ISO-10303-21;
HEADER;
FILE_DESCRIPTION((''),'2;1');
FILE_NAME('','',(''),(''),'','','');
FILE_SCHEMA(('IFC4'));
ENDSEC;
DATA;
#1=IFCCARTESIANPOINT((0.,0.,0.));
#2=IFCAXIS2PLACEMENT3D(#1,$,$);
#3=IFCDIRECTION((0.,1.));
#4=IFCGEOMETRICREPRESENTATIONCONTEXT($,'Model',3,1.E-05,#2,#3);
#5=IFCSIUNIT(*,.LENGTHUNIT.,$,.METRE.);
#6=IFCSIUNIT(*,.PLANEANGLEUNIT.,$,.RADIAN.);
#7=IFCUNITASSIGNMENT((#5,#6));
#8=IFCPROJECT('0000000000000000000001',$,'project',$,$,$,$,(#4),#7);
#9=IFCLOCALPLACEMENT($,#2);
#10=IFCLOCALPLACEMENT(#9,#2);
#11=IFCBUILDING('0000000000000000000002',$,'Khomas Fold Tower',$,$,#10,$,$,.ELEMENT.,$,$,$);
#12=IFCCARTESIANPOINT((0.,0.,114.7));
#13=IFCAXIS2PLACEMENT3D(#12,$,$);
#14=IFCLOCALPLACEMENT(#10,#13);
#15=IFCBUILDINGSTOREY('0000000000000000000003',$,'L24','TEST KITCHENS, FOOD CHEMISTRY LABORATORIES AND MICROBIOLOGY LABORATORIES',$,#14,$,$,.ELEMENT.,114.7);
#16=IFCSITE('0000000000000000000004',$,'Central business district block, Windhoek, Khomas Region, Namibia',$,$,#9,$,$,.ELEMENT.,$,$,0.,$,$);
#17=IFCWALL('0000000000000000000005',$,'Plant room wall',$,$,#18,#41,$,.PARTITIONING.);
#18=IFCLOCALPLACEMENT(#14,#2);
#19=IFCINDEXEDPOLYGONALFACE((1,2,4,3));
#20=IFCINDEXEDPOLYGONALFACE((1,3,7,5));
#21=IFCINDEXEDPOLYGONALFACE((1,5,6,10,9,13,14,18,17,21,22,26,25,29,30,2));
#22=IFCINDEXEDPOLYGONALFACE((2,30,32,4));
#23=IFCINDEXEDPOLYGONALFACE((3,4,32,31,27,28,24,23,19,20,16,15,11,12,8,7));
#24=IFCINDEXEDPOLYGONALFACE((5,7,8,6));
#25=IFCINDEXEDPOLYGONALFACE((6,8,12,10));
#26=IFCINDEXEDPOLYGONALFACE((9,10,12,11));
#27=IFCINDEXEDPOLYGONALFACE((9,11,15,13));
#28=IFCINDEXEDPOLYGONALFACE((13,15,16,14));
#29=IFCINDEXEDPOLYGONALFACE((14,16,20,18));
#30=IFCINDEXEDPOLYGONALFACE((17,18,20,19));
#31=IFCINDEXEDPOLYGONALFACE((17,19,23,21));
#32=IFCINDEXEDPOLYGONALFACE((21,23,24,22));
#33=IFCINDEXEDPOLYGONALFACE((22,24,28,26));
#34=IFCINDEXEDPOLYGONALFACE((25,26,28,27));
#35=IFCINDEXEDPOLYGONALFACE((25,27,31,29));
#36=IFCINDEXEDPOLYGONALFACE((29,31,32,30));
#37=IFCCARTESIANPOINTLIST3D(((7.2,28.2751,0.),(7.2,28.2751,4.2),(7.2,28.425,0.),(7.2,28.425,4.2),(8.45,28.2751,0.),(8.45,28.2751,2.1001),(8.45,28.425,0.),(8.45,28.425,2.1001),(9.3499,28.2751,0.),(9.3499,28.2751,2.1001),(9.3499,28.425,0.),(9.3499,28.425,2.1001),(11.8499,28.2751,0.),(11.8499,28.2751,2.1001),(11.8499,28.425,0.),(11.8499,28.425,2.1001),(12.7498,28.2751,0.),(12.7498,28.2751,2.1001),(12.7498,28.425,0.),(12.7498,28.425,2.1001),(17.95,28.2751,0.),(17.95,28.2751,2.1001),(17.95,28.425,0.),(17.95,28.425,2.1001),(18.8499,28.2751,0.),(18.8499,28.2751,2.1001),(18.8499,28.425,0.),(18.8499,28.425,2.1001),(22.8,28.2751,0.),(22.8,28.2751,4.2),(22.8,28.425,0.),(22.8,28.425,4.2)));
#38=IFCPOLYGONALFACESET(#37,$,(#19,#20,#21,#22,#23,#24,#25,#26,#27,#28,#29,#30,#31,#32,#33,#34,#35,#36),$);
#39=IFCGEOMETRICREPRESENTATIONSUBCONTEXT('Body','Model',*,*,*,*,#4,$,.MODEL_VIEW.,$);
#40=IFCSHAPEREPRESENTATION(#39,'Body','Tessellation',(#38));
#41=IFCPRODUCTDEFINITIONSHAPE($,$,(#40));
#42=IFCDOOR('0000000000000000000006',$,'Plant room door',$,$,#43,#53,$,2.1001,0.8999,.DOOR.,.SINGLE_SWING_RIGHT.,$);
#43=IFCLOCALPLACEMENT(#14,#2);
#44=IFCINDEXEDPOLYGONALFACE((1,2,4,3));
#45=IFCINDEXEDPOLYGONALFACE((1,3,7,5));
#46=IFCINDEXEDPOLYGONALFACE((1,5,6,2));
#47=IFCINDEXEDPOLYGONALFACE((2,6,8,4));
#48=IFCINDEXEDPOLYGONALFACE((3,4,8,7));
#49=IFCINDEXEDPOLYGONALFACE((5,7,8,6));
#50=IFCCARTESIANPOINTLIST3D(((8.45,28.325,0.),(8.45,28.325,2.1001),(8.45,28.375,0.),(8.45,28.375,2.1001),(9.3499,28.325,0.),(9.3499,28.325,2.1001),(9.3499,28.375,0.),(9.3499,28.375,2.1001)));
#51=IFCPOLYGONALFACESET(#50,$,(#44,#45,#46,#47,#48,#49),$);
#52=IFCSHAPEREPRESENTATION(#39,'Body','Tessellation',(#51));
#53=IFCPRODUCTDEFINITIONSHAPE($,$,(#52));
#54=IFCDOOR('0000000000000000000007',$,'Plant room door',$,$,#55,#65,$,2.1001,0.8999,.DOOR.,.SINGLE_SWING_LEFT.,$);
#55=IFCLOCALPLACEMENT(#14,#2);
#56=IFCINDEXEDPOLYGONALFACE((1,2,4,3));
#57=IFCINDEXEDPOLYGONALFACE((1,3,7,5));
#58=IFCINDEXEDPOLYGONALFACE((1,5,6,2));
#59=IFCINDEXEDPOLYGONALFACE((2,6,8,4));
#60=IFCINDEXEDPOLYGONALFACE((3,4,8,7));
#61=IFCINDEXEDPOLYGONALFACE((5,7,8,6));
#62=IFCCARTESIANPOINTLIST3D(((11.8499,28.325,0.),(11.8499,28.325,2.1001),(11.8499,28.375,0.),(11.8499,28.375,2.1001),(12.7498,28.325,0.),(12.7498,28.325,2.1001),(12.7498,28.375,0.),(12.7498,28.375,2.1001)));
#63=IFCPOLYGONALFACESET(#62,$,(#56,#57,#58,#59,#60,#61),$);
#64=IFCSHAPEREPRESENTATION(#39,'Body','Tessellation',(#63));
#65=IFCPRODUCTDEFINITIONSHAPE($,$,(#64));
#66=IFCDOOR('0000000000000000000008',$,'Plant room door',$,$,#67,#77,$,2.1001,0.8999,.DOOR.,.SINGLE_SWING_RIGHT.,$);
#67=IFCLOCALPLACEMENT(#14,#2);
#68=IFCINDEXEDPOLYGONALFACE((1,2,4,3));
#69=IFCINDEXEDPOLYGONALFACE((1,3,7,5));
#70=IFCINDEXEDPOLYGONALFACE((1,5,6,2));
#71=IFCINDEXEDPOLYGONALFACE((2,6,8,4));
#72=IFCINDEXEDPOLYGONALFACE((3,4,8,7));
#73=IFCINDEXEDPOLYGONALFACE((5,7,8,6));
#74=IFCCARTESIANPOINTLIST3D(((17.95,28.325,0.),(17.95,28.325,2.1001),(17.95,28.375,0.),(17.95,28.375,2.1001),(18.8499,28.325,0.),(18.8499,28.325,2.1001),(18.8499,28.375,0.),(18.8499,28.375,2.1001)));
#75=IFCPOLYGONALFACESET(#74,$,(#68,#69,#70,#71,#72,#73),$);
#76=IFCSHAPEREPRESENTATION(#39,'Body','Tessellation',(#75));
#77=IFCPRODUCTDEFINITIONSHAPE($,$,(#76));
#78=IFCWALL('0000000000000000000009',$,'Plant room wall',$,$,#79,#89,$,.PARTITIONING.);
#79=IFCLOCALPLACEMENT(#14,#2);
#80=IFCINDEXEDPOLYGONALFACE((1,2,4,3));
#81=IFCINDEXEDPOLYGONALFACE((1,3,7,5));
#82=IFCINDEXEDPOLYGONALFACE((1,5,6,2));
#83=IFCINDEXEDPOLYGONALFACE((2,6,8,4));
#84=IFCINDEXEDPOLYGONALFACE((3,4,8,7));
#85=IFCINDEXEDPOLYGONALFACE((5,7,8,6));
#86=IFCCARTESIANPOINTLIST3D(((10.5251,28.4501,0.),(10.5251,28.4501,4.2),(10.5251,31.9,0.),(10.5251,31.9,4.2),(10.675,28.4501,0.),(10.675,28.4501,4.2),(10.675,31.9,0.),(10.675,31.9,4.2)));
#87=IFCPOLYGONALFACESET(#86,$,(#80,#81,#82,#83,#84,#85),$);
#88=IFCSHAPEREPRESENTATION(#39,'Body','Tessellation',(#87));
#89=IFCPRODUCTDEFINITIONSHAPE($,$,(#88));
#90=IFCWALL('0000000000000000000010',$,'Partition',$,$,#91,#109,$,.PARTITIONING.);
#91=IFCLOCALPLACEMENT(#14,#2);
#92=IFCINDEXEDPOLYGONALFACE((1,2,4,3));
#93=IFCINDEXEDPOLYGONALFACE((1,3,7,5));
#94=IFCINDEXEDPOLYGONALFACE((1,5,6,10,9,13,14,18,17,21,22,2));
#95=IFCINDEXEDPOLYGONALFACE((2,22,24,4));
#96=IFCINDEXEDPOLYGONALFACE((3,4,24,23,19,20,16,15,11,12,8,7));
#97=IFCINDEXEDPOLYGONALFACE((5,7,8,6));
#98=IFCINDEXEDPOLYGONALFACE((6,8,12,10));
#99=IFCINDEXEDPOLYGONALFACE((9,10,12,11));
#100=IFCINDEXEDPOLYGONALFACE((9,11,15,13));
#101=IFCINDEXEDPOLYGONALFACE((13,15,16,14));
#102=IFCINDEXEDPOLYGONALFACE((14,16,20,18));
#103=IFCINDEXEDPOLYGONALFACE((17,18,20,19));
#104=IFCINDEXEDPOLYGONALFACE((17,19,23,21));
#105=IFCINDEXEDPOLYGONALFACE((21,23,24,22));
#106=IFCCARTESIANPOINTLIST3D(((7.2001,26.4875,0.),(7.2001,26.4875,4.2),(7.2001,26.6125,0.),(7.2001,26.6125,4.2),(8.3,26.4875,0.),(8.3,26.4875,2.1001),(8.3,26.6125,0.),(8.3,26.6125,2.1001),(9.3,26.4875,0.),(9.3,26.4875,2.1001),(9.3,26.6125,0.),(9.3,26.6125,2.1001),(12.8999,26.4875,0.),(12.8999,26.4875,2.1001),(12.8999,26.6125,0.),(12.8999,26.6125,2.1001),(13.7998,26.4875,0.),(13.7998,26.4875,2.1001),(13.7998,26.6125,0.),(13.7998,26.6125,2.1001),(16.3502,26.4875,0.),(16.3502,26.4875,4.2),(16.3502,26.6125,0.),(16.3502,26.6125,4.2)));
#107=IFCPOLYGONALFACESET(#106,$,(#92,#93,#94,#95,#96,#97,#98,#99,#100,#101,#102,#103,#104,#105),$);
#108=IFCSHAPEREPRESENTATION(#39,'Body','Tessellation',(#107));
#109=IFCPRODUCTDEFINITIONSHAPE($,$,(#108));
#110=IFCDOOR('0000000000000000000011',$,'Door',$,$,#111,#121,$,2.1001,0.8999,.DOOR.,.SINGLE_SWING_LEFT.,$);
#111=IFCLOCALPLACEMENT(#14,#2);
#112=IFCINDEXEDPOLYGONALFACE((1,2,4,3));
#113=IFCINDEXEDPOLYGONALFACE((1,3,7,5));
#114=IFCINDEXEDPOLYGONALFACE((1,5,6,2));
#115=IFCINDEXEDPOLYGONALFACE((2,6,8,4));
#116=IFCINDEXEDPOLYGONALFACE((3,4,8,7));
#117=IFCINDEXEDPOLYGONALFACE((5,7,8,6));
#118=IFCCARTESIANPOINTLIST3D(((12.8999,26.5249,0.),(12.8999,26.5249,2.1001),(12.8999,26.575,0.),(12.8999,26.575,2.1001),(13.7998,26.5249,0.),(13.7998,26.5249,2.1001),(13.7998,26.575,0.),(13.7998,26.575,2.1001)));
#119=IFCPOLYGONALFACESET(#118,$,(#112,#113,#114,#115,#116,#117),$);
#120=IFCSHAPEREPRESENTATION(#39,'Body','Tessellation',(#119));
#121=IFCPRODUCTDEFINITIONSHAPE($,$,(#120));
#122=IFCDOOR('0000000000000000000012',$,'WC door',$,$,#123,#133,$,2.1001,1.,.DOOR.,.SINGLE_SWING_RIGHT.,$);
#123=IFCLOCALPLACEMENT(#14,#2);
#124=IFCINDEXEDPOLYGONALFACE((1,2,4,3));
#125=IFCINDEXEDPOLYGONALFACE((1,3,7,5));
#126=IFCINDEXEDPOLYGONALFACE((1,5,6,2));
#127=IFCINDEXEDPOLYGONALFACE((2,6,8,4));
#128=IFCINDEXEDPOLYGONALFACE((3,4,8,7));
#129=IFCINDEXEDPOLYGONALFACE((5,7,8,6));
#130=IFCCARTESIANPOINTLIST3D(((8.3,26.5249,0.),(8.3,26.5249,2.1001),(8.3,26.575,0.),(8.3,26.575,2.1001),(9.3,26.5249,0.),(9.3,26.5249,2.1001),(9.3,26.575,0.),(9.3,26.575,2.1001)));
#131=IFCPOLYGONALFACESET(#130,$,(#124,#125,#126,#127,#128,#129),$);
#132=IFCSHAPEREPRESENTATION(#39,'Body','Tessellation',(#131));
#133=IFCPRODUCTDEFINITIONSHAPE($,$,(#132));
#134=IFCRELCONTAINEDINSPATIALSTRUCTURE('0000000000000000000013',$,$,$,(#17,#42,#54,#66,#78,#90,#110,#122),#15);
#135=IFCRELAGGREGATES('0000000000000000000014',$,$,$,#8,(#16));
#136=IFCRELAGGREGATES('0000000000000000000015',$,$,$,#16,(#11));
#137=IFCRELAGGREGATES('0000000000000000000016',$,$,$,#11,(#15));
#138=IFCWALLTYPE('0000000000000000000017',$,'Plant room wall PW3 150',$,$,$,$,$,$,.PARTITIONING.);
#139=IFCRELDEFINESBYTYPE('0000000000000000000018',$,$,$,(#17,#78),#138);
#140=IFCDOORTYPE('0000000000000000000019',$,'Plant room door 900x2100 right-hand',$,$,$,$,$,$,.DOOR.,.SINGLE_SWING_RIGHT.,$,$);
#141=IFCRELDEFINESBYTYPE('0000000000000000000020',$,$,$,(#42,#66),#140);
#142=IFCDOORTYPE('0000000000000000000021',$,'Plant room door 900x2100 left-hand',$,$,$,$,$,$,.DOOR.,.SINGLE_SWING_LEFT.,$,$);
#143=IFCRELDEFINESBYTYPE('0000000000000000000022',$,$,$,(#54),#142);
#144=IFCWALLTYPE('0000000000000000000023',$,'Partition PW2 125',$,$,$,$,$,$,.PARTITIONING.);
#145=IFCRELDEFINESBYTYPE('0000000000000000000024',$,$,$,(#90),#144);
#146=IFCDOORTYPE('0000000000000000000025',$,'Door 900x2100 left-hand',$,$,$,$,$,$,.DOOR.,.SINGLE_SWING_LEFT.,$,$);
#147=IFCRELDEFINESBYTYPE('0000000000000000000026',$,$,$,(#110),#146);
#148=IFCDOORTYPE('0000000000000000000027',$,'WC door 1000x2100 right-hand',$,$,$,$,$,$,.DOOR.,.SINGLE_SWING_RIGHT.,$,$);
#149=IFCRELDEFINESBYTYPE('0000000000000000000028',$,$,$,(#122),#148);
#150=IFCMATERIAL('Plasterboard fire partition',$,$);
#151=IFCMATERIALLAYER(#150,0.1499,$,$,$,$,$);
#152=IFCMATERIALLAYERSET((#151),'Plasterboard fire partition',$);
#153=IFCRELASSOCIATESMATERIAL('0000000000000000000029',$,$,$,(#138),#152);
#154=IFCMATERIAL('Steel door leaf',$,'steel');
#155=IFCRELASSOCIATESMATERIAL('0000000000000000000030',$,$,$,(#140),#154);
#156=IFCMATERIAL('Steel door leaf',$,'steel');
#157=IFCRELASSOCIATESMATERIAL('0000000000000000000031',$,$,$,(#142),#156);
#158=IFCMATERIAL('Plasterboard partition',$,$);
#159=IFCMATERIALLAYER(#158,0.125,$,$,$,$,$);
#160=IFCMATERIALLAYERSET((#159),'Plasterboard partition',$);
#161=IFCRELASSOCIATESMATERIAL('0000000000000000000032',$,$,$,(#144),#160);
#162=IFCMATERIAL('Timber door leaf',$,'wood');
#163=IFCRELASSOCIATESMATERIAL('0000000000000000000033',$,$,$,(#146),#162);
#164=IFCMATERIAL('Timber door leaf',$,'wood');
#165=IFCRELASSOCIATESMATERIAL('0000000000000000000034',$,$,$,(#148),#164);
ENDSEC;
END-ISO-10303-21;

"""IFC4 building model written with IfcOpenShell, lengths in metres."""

from ifc_helpers import new_model, si_unit, direction, frame, frame_2d, origin, place, context, subcontext, project, spatial, rectangle, extrude, source, transform, mapped, material, layer, layer_set, type_object, element, fill, save


model = new_model("IFC4")

# Units and contexts
model_context = context("Model", 3, precision=1e-05, world=origin(), true_north=direction((0.0, 1.0)))
body_context = subcontext(model_context, "Body", "Model", "MODEL_VIEW")
ifc_project = project(units=[si_unit("LENGTHUNIT", "METRE"), si_unit("PLANEANGLEUNIT", "RADIAN")], contexts=[model_context])

# Site, building, storey
site_placement = place(None, origin())
site = spatial("IfcSite", under=ifc_project, at=site_placement, Name="Central business district block, Windhoek, Khomas Region, Namibia", CompositionType="ELEMENT", RefElevation=0.0)
building_placement = place(site_placement, origin())
building = spatial("IfcBuilding", under=site, at=building_placement, Name="Khomas Fold Tower", CompositionType="ELEMENT")
storey_placement = place(building_placement, frame((0.0, 0.0, 114.7)))
storey = spatial("IfcBuildingStorey", under=building, at=storey_placement, Name="L24", Description="TEST KITCHENS, FOOD CHEMISTRY LABORATORIES AND MICROBIOLOGY LABORATORIES", CompositionType="ELEMENT", Elevation=114.7)

# Wall, openings, doors
ifc_material_1 = material(Name="Plasterboard fire partition")
ifc_layer_1 = layer(ifc_material_1, 0.1499)
ifc_layer_set_1 = layer_set([ifc_layer_1], Name="Plasterboard fire partition")
wall_type_1 = type_object("IfcWallType", Name="Plant room wall PW3 150", PredefinedType="PARTITIONING", material=ifc_layer_set_1)
shared_shape_1 = source(origin(), body_context, "Body", "SweptSolid", [
    extrude(rectangle(XDim=15.6001, YDim=0.1499, at=frame_2d((7.8, 0.0))), origin(), (0.0, 0.0, 1.0), 4.2),
])
wall_1_placement = place(storey_placement, frame((7.2, 28.3501, 0.0), z_axis=(0.0, 0.0, 1.0), x_axis=(1.0, 0.0, 0.0)))
wall_1 = element("IfcWall", 1, at=wall_1_placement, inside=storey, type_object=wall_type_1, Name="Plant room wall", PredefinedType="PARTITIONING", context=body_context, shape_type="MappedRepresentation", body=[
    mapped(shared_shape_1, transform((0.0, 0.0, 0.0))),
])
shared_shape_2 = source(origin(), body_context, "Body", "SweptSolid", [
    extrude(rectangle(XDim=0.8999, YDim=2.1001, at=frame_2d((0.45, 1.05))), frame((0.0, 0.085, 0.0), z_axis=(0.0, -1.0, 0.0), x_axis=(1.0, 0.0, 0.0)), (0.0, 0.0, 1.0), 0.1699),
])
opening_1_placement = place(wall_1_placement, frame((1.25, 0.0, 0.0)))
opening_1 = element("IfcOpeningElement", 2, at=opening_1_placement, cuts=wall_1, PredefinedType="OPENING", context=body_context, shape_type="MappedRepresentation", body=[
    mapped(shared_shape_2, transform((0.0, 0.0, 0.0))),
])
opening_2_placement = place(wall_1_placement, frame((4.6499, 0.0, 0.0)))
opening_2 = element("IfcOpeningElement", 3, at=opening_2_placement, cuts=wall_1, PredefinedType="OPENING", context=body_context, shape_type="MappedRepresentation", body=[
    mapped(shared_shape_2, transform((0.0, 0.0, 0.0))),
])
opening_3_placement = place(wall_1_placement, frame((10.75, 0.0, 0.0)))
opening_3 = element("IfcOpeningElement", 4, at=opening_3_placement, cuts=wall_1, PredefinedType="OPENING", context=body_context, shape_type="MappedRepresentation", body=[
    mapped(shared_shape_2, transform((0.0, 0.0, 0.0))),
])
ifc_material_2 = material(Name="Steel door leaf", Category="steel")
door_type_1 = type_object("IfcDoorType", Name="Plant room door 900x2100 right-hand", OperationType="SINGLE_SWING_RIGHT", PredefinedType="DOOR", material=ifc_material_2)
shared_shape_3 = source(origin(), body_context, "Body", "SweptSolid", [
    extrude(rectangle(XDim=0.8999, YDim=2.1001, at=frame_2d((0.45, 1.05))), frame((0.0, 0.0249, 0.0), z_axis=(0.0, -1.0, 0.0), x_axis=(1.0, 0.0, 0.0)), (0.0, 0.0, 1.0), 0.05),
])
door_1_placement = place(opening_1_placement, origin())
door_1 = element("IfcDoor", 5, at=door_1_placement, inside=storey, type_object=door_type_1, Name="Plant room door", OperationType="SINGLE_SWING_RIGHT", OverallHeight=2.1001, OverallWidth=0.8999, PredefinedType="DOOR", context=body_context, shape_type="MappedRepresentation", body=[
    mapped(shared_shape_3, transform((0.0, 0.0, 0.0))),
])
fill(opening_1, door_1)
ifc_material_3 = material(Name="Steel door leaf", Category="steel")
door_type_2 = type_object("IfcDoorType", Name="Plant room door 900x2100 left-hand", OperationType="SINGLE_SWING_LEFT", PredefinedType="DOOR", material=ifc_material_3)
door_2_placement = place(opening_2_placement, origin())
door_2 = element("IfcDoor", 6, at=door_2_placement, inside=storey, type_object=door_type_2, Name="Plant room door", OperationType="SINGLE_SWING_LEFT", OverallHeight=2.1001, OverallWidth=0.8999, PredefinedType="DOOR", context=body_context, shape_type="MappedRepresentation", body=[
    mapped(shared_shape_3, transform((0.0, 0.0, 0.0))),
])
fill(opening_2, door_2)
door_3_placement = place(opening_3_placement, origin())
door_3 = element("IfcDoor", 7, at=door_3_placement, inside=storey, type_object=door_type_1, Name="Plant room door", OperationType="SINGLE_SWING_RIGHT", OverallHeight=2.1001, OverallWidth=0.8999, PredefinedType="DOOR", context=body_context, shape_type="MappedRepresentation", body=[
    mapped(shared_shape_3, transform((0.0, 0.0, 0.0))),
])
fill(opening_3, door_3)

# Wall
shared_shape_4 = source(origin(), body_context, "Body", "SweptSolid", [
    extrude(rectangle(XDim=3.45, YDim=0.1499, at=frame_2d((1.7251, 0.0))), origin(), (0.0, 0.0, 1.0), 4.2),
])
wall_2_placement = place(storey_placement, frame((10.6001, 28.45, 0.0), z_axis=(0.0, 0.0, 1.0), x_axis=(0.0, 1.0, 0.0)))
element("IfcWall", 8, at=wall_2_placement, inside=storey, type_object=wall_type_1, Name="Plant room wall", PredefinedType="PARTITIONING", context=body_context, shape_type="MappedRepresentation", body=[
    mapped(shared_shape_4, transform((0.0, 0.0, 0.0))),
])

# Wall, openings, doors
ifc_material_4 = material(Name="Plasterboard partition")
ifc_layer_2 = layer(ifc_material_4, 0.125)
ifc_layer_set_2 = layer_set([ifc_layer_2], Name="Plasterboard partition")
wall_type_2 = type_object("IfcWallType", Name="Partition PW2 125", PredefinedType="PARTITIONING", material=ifc_layer_set_2)
shared_shape_5 = source(origin(), body_context, "Body", "SweptSolid", [
    extrude(rectangle(XDim=9.1501, YDim=0.125, at=frame_2d((4.5752, 0.0))), origin(), (0.0, 0.0, 1.0), 4.2),
])
wall_3_placement = place(storey_placement, frame((7.2, 26.55, 0.0), z_axis=(0.0, 0.0, 1.0), x_axis=(1.0, 0.0, 0.0)))
wall_3 = element("IfcWall", 9, at=wall_3_placement, inside=storey, type_object=wall_type_2, Name="Partition", PredefinedType="PARTITIONING", context=body_context, shape_type="MappedRepresentation", body=[
    mapped(shared_shape_5, transform((0.0, 0.0, 0.0))),
])
shared_shape_6 = source(origin(), body_context, "Body", "SweptSolid", [
    extrude(rectangle(XDim=1.0, YDim=2.1001, at=frame_2d((0.5, 1.05))), frame((0.0, 0.0725, 0.0), z_axis=(0.0, -1.0, 0.0), x_axis=(1.0, 0.0, 0.0)), (0.0, 0.0, 1.0), 0.145),
])
opening_4_placement = place(wall_3_placement, frame((1.1001, 0.0, 0.0)))
opening_4 = element("IfcOpeningElement", 10, at=opening_4_placement, cuts=wall_3, PredefinedType="OPENING", context=body_context, shape_type="MappedRepresentation", body=[
    mapped(shared_shape_6, transform((0.0, 0.0, 0.0))),
])
shared_shape_7 = source(origin(), body_context, "Body", "SweptSolid", [
    extrude(rectangle(XDim=0.8999, YDim=2.1001, at=frame_2d((0.45, 1.05))), frame((0.0, 0.0725, 0.0), z_axis=(0.0, -1.0, 0.0), x_axis=(1.0, 0.0, 0.0)), (0.0, 0.0, 1.0), 0.145),
])
opening_5_placement = place(wall_3_placement, frame((5.7, 0.0, 0.0)))
opening_5 = element("IfcOpeningElement", 11, at=opening_5_placement, cuts=wall_3, PredefinedType="OPENING", context=body_context, shape_type="MappedRepresentation", body=[
    mapped(shared_shape_7, transform((0.0, 0.0, 0.0))),
])
ifc_material_5 = material(Name="Timber door leaf", Category="wood")
door_type_3 = type_object("IfcDoorType", Name="Door 900x2100 left-hand", OperationType="SINGLE_SWING_LEFT", PredefinedType="DOOR", material=ifc_material_5)
door_4_placement = place(opening_5_placement, origin())
door_4 = element("IfcDoor", 12, at=door_4_placement, inside=storey, type_object=door_type_3, Name="Door", OperationType="SINGLE_SWING_LEFT", OverallHeight=2.1001, OverallWidth=0.8999, PredefinedType="DOOR", context=body_context, shape_type="MappedRepresentation", body=[
    mapped(shared_shape_3, transform((0.0, 0.0, 0.0))),
])
fill(opening_5, door_4)
ifc_material_6 = material(Name="Timber door leaf", Category="wood")
door_type_4 = type_object("IfcDoorType", Name="WC door 1000x2100 right-hand", OperationType="SINGLE_SWING_RIGHT", PredefinedType="DOOR", material=ifc_material_6)
shared_shape_8 = source(origin(), body_context, "Body", "SweptSolid", [
    extrude(rectangle(XDim=1.0, YDim=2.1001, at=frame_2d((0.5, 1.05))), frame((0.0, 0.0249, 0.0), z_axis=(0.0, -1.0, 0.0), x_axis=(1.0, 0.0, 0.0)), (0.0, 0.0, 1.0), 0.05),
])
door_5_placement = place(opening_4_placement, origin())
door_5 = element("IfcDoor", 13, at=door_5_placement, inside=storey, type_object=door_type_4, Name="WC door", OperationType="SINGLE_SWING_RIGHT", OverallHeight=2.1001, OverallWidth=1.0, PredefinedType="DOOR", context=body_context, shape_type="MappedRepresentation", body=[
    mapped(shared_shape_8, transform((0.0, 0.0, 0.0))),
])
fill(opening_4, door_5)

save(model, "model.ifc")
